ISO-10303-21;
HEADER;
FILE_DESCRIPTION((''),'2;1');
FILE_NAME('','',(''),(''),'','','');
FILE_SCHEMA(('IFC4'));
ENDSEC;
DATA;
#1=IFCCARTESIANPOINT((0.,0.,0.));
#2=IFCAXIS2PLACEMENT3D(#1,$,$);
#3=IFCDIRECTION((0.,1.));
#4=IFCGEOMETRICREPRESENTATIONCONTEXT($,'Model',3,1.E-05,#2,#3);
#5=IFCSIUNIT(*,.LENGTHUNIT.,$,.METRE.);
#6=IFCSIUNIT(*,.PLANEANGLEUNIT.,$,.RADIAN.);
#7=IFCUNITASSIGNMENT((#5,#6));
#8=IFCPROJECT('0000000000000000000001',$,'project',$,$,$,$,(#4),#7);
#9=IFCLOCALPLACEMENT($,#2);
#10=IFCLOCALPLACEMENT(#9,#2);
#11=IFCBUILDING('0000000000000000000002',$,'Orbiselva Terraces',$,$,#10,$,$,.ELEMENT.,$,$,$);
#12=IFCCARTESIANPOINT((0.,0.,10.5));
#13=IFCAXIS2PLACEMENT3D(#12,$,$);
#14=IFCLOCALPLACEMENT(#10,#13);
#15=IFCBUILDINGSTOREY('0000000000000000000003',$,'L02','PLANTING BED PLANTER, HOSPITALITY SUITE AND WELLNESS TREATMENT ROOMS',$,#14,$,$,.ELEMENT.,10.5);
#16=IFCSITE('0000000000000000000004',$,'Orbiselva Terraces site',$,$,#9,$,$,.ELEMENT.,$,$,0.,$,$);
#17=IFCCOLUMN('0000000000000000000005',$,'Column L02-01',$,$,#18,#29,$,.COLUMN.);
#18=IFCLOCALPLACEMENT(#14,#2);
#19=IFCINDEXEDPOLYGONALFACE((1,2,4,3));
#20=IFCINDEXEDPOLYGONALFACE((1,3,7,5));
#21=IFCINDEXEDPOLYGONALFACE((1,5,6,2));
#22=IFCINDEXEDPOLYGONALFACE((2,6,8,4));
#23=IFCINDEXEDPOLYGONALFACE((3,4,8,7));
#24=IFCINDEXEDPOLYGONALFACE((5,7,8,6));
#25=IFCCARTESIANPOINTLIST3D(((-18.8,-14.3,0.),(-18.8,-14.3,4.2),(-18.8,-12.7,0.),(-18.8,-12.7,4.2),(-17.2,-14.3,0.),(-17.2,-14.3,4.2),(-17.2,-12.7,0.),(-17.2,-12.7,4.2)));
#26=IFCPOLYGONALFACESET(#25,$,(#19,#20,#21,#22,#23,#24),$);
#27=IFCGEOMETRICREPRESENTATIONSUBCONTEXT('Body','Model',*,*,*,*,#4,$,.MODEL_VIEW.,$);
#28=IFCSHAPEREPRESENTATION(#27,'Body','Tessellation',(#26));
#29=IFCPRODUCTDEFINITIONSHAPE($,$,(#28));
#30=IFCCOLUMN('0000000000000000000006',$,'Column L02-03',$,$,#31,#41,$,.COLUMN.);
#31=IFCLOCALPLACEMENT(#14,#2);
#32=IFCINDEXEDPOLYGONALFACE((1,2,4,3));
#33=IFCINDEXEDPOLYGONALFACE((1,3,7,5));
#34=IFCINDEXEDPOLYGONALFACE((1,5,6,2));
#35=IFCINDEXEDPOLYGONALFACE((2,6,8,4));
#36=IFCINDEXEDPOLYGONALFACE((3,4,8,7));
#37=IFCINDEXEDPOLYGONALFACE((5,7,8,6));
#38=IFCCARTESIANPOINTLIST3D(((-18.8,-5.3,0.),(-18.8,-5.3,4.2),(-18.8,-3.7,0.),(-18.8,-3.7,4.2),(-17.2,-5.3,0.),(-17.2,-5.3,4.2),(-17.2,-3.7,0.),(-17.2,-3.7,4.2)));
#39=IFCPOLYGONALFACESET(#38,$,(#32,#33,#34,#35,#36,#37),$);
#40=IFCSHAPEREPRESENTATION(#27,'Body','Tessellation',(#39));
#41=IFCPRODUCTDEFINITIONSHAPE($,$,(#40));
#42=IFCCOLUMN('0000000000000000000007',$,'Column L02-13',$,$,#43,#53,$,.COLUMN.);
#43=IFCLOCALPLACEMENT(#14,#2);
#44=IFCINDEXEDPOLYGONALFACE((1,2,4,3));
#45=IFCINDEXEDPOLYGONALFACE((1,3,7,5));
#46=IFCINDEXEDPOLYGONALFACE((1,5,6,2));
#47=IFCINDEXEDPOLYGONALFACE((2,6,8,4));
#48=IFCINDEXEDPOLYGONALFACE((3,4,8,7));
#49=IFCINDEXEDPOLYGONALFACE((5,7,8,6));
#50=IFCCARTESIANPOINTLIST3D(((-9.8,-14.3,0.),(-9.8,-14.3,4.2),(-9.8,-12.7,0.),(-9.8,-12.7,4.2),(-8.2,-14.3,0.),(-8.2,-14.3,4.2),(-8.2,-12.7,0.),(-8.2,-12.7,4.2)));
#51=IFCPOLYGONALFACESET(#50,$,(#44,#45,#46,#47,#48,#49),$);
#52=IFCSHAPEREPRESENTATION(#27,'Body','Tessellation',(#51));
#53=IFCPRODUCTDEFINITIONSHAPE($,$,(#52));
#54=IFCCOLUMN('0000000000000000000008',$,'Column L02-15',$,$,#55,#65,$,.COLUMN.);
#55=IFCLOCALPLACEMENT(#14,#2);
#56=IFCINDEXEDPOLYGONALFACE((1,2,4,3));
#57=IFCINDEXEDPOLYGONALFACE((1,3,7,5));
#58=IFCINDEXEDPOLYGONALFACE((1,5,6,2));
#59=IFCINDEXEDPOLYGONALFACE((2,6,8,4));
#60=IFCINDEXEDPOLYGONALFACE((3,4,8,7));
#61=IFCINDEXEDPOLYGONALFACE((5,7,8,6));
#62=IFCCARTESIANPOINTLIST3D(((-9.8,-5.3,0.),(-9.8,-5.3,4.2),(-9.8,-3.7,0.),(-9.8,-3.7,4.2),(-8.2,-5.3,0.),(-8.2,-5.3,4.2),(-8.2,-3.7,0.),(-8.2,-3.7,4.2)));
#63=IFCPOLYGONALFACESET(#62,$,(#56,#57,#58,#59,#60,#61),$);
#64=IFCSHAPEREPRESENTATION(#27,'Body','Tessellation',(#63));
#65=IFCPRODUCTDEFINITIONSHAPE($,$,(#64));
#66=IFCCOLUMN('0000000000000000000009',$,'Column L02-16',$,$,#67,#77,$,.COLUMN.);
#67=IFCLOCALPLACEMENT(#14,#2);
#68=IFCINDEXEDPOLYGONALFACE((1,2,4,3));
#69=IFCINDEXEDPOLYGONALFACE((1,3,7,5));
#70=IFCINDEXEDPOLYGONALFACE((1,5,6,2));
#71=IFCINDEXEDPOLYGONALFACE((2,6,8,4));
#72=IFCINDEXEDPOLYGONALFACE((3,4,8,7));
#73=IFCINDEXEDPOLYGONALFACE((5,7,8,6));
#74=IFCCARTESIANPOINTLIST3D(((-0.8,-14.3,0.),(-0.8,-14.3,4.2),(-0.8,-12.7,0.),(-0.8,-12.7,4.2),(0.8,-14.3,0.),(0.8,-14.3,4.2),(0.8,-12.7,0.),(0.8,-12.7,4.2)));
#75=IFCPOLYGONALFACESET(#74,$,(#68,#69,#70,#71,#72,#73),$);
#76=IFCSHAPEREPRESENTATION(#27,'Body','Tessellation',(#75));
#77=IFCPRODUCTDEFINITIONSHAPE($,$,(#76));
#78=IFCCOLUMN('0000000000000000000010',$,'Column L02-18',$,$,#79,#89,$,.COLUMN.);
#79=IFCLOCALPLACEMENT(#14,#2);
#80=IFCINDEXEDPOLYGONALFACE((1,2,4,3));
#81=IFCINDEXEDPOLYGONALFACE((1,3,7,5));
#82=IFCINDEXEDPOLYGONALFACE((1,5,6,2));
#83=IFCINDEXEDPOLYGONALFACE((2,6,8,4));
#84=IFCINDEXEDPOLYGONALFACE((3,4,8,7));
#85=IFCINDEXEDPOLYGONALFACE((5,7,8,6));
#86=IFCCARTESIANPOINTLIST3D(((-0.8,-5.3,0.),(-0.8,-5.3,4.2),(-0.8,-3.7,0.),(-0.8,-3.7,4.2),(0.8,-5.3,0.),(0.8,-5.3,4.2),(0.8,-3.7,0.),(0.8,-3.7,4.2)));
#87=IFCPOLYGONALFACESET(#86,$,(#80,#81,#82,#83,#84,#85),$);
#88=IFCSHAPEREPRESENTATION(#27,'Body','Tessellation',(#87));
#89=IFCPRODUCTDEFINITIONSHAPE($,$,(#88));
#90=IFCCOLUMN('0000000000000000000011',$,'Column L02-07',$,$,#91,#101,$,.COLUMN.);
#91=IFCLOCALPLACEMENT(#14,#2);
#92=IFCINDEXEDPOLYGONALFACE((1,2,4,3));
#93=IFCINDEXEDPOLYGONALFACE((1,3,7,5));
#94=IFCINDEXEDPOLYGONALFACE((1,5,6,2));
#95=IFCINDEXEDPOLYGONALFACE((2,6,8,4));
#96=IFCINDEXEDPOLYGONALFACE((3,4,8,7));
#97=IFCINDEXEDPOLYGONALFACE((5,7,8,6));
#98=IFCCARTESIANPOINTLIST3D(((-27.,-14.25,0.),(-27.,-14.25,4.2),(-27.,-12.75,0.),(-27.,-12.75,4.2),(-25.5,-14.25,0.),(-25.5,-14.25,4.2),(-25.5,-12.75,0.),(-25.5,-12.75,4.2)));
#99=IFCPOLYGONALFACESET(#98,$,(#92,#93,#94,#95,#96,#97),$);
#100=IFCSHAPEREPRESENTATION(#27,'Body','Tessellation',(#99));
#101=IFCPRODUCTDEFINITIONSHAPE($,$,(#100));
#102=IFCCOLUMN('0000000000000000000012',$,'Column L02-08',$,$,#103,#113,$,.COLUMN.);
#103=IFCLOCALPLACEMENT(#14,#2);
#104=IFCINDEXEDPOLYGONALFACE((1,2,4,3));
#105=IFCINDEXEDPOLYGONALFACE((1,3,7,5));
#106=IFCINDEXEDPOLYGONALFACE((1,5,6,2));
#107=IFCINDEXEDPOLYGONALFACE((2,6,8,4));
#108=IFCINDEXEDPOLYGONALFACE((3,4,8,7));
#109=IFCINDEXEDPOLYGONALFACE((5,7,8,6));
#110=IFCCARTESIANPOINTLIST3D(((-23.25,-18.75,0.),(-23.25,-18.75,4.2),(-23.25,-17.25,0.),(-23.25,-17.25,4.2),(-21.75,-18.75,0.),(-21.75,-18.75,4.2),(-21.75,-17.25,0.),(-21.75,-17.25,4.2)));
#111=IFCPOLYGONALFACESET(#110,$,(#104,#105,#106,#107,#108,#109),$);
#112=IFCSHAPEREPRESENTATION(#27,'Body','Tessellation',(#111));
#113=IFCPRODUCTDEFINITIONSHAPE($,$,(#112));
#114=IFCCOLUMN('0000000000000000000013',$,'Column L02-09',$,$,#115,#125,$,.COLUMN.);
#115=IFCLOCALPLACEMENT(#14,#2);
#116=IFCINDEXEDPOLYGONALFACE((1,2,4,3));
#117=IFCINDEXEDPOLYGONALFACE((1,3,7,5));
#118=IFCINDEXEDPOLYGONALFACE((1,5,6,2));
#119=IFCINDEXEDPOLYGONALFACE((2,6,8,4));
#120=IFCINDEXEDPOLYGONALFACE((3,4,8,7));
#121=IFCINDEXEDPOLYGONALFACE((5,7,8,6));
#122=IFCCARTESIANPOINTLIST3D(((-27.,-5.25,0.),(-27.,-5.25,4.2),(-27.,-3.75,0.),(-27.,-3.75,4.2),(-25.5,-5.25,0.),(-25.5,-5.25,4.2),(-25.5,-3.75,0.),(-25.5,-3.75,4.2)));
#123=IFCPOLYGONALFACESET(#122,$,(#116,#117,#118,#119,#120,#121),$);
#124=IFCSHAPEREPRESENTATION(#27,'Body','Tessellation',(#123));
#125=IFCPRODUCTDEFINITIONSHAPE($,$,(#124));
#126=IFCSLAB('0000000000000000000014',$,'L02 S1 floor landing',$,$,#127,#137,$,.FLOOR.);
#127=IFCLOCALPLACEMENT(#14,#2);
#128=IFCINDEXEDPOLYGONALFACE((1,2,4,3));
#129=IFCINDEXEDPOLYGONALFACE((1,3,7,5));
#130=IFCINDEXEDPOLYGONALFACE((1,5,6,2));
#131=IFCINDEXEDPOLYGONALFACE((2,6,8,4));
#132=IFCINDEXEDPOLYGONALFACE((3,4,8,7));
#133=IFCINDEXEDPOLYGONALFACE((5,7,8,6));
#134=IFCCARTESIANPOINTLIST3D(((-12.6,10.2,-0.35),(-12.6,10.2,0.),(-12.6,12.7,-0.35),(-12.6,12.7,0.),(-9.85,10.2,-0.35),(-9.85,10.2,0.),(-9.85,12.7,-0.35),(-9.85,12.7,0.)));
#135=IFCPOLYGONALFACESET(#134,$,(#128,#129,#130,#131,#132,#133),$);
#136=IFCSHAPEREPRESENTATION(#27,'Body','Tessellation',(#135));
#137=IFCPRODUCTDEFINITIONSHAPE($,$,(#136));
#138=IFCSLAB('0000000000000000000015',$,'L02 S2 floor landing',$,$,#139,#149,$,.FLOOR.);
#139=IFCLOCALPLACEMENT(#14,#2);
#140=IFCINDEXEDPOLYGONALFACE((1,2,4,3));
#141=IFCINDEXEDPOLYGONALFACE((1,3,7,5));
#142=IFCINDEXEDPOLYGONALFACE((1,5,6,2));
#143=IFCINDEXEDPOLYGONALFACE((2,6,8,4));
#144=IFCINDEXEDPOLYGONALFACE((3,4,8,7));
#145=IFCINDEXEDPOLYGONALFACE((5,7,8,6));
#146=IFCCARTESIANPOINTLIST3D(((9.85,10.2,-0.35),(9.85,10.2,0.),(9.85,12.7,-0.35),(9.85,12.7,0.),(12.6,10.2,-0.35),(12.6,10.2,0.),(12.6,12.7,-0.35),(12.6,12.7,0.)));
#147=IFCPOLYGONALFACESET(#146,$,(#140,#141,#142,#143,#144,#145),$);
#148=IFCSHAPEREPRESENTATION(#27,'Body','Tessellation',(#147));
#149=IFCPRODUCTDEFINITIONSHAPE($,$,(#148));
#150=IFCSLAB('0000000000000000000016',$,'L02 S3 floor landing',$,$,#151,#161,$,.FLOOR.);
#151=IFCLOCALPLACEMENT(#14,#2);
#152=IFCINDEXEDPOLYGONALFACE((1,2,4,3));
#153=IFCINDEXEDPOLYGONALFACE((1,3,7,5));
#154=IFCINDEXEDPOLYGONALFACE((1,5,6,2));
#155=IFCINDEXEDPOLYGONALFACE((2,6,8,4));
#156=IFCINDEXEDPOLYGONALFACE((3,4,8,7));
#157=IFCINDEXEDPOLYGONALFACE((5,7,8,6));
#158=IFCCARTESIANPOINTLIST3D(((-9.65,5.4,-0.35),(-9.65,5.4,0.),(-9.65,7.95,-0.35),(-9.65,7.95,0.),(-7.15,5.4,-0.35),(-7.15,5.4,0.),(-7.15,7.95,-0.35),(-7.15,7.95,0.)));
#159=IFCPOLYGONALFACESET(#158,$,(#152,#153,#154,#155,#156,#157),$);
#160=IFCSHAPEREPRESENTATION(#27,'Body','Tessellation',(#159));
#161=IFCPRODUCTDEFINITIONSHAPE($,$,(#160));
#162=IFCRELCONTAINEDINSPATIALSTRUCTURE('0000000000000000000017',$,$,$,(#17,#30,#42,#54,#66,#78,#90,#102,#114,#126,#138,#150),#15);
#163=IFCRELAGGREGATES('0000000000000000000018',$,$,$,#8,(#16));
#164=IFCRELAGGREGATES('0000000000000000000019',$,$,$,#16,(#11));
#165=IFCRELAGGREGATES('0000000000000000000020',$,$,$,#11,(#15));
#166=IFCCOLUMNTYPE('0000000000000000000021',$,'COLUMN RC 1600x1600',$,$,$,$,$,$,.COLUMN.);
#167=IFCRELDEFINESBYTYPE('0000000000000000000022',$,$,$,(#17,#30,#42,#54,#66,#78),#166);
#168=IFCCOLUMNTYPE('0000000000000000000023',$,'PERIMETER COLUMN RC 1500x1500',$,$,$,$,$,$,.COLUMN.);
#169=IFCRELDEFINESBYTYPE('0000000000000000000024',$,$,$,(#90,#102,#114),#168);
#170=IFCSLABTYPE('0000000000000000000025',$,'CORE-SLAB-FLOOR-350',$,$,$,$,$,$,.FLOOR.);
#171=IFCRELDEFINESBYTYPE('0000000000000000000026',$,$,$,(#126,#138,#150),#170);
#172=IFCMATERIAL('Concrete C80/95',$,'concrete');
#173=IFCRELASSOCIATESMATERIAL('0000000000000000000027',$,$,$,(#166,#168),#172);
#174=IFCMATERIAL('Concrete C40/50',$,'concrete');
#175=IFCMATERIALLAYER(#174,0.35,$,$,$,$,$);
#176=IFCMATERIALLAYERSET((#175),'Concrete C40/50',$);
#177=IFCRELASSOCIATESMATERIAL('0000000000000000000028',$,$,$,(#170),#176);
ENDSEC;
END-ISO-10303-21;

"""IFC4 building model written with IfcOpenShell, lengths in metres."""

from ifc_helpers import new_model, si_unit, direction, frame, origin, origin_2d, place, context, subcontext, project, spatial, polyline, rectangle, outline, extrude, material, layer, layer_set, material_profile, profile_set, type_object, element, save


model = new_model("IFC4")

# Units and contexts
model_context = context("Model", 3, precision=1e-05, world=origin(), true_north=direction((0.0, 1.0)))
body_context = subcontext(model_context, "Body", "Model", "MODEL_VIEW")
ifc_project = project(units=[si_unit("LENGTHUNIT", "METRE"), si_unit("PLANEANGLEUNIT", "RADIAN")], contexts=[model_context])

# Site, building, storey
site_placement = place(None, origin())
site = spatial("IfcSite", under=ifc_project, at=site_placement, Name="Orbiselva Terraces site", CompositionType="ELEMENT", RefElevation=0.0)
building_placement = place(site_placement, origin())
building = spatial("IfcBuilding", under=site, at=building_placement, Name="Orbiselva Terraces", CompositionType="ELEMENT")
storey_placement = place(building_placement, frame((0.0, 0.0, 10.5)))
storey = spatial("IfcBuildingStorey", under=building, at=storey_placement, Name="L02", Description="PLANTING BED PLANTER, HOSPITALITY SUITE AND WELLNESS TREATMENT ROOMS", CompositionType="ELEMENT", Elevation=10.5)

# Columns
ifc_material_1 = material(Name="Concrete C80/95", Category="concrete")
ifc_material_profile_1 = material_profile(ifc_material_1, rectangle(XDim=1.6, YDim=1.6, at=origin_2d()), Name="RC 1600x1600")
ifc_profile_set_1 = profile_set([ifc_material_profile_1], Name="Concrete C80/95")
column_type_1 = type_object("IfcColumnType", Name="COLUMN RC 1600x1600", PredefinedType="COLUMN", material=ifc_profile_set_1)
for number, where, z_axis, x_axis, name in (
    (1, (-18.0, -13.5, 0.0), (0.0, 0.0, 1.0), (1.0, 0.0, 0.0), "Column L02-01"),
    (2, (-18.0, -4.5, 0.0), (0.0, 0.0, 1.0), (1.0, 0.0, 0.0), "Column L02-03"),
    (3, (-9.0, -13.5, 0.0), (0.0, 0.0, 1.0), (1.0, 0.0, 0.0), "Column L02-13"),
    (4, (-9.0, -4.5, 0.0), (0.0, 0.0, 1.0), (1.0, 0.0, 0.0), "Column L02-15"),
    (5, (0.0, -13.5, 0.0), (0.0, 0.0, 1.0), (1.0, 0.0, 0.0), "Column L02-16"),
    (6, (0.0, -4.5, 0.0), (0.0, 0.0, 1.0), (1.0, 0.0, 0.0), "Column L02-18"),
):
    element("IfcColumn", number, at=place(storey_placement, frame(where, z_axis=z_axis, x_axis=x_axis)), inside=storey, type_object=column_type_1, Name=name, PredefinedType="COLUMN", context=body_context, shape_type="SweptSolid", body=[
        extrude(rectangle(XDim=1.6, YDim=1.6, at=origin_2d()), origin(), (0.0, 0.0, 1.0), 4.2),
    ])
ifc_material_profile_2 = material_profile(ifc_material_1, rectangle(XDim=1.5, YDim=1.5, at=origin_2d()), Name="RC 1500x1500")
ifc_profile_set_2 = profile_set([ifc_material_profile_2], Name="Concrete C80/95")
column_type_2 = type_object("IfcColumnType", Name="PERIMETER COLUMN RC 1500x1500", PredefinedType="COLUMN", material=ifc_profile_set_2)
for number, where, z_axis, x_axis, name in (
    (7, (-26.25, -13.5, 0.0), (0.0, 0.0, 1.0), (1.0, 0.0, 0.0), "Column L02-07"),
    (8, (-22.5, -18.0, 0.0), (0.0, 0.0, 1.0), (1.0, 0.0, 0.0), "Column L02-08"),
    (9, (-26.25, -4.5, 0.0), (0.0, 0.0, 1.0), (1.0, 0.0, 0.0), "Column L02-09"),
):
    element("IfcColumn", number, at=place(storey_placement, frame(where, z_axis=z_axis, x_axis=x_axis)), inside=storey, type_object=column_type_2, Name=name, PredefinedType="COLUMN", context=body_context, shape_type="SweptSolid", body=[
        extrude(rectangle(XDim=1.5, YDim=1.5, at=origin_2d()), origin(), (0.0, 0.0, 1.0), 4.2),
    ])

# Slabs
ifc_material_2 = material(Name="Concrete C40/50", Category="concrete")
ifc_layer_1 = layer(ifc_material_2, 0.35)
ifc_layer_set_1 = layer_set([ifc_layer_1], Name="Concrete C40/50")
slab_type_1 = type_object("IfcSlabType", Name="CORE-SLAB-FLOOR-350", PredefinedType="FLOOR", material=ifc_layer_set_1)
slab_1_placement = place(storey_placement, frame((0.0, 0.0, -0.35)))
element("IfcSlab", 10, at=slab_1_placement, inside=storey, type_object=slab_type_1, Name="L02 S1 floor landing", PredefinedType="FLOOR", context=body_context, shape_type="SweptSolid", body=[
    extrude(outline(polyline([(-12.6, 12.7), (-9.85, 12.7), (-9.85, 10.2), (-12.6, 10.2), (-12.6, 12.7)])), origin(), (0.0, 0.0, 1.0), 0.35),
])
slab_2_placement = place(storey_placement, frame((0.0, 0.0, -0.35)))
element("IfcSlab", 11, at=slab_2_placement, inside=storey, type_object=slab_type_1, Name="L02 S2 floor landing", PredefinedType="FLOOR", context=body_context, shape_type="SweptSolid", body=[
    extrude(outline(polyline([(12.6, 12.7), (12.6, 10.2), (9.85, 10.2), (9.85, 12.7), (12.6, 12.7)])), origin(), (0.0, 0.0, 1.0), 0.35),
])
slab_3_placement = place(storey_placement, frame((0.0, 0.0, -0.35)))
element("IfcSlab", 12, at=slab_3_placement, inside=storey, type_object=slab_type_1, Name="L02 S3 floor landing", PredefinedType="FLOOR", context=body_context, shape_type="SweptSolid", body=[
    extrude(outline(polyline([(-7.15, 5.4), (-9.65, 5.4), (-9.65, 7.95), (-7.15, 7.95), (-7.15, 5.4)])), origin(), (0.0, 0.0, 1.0), 0.35),
])

save(model, "model.ifc")
